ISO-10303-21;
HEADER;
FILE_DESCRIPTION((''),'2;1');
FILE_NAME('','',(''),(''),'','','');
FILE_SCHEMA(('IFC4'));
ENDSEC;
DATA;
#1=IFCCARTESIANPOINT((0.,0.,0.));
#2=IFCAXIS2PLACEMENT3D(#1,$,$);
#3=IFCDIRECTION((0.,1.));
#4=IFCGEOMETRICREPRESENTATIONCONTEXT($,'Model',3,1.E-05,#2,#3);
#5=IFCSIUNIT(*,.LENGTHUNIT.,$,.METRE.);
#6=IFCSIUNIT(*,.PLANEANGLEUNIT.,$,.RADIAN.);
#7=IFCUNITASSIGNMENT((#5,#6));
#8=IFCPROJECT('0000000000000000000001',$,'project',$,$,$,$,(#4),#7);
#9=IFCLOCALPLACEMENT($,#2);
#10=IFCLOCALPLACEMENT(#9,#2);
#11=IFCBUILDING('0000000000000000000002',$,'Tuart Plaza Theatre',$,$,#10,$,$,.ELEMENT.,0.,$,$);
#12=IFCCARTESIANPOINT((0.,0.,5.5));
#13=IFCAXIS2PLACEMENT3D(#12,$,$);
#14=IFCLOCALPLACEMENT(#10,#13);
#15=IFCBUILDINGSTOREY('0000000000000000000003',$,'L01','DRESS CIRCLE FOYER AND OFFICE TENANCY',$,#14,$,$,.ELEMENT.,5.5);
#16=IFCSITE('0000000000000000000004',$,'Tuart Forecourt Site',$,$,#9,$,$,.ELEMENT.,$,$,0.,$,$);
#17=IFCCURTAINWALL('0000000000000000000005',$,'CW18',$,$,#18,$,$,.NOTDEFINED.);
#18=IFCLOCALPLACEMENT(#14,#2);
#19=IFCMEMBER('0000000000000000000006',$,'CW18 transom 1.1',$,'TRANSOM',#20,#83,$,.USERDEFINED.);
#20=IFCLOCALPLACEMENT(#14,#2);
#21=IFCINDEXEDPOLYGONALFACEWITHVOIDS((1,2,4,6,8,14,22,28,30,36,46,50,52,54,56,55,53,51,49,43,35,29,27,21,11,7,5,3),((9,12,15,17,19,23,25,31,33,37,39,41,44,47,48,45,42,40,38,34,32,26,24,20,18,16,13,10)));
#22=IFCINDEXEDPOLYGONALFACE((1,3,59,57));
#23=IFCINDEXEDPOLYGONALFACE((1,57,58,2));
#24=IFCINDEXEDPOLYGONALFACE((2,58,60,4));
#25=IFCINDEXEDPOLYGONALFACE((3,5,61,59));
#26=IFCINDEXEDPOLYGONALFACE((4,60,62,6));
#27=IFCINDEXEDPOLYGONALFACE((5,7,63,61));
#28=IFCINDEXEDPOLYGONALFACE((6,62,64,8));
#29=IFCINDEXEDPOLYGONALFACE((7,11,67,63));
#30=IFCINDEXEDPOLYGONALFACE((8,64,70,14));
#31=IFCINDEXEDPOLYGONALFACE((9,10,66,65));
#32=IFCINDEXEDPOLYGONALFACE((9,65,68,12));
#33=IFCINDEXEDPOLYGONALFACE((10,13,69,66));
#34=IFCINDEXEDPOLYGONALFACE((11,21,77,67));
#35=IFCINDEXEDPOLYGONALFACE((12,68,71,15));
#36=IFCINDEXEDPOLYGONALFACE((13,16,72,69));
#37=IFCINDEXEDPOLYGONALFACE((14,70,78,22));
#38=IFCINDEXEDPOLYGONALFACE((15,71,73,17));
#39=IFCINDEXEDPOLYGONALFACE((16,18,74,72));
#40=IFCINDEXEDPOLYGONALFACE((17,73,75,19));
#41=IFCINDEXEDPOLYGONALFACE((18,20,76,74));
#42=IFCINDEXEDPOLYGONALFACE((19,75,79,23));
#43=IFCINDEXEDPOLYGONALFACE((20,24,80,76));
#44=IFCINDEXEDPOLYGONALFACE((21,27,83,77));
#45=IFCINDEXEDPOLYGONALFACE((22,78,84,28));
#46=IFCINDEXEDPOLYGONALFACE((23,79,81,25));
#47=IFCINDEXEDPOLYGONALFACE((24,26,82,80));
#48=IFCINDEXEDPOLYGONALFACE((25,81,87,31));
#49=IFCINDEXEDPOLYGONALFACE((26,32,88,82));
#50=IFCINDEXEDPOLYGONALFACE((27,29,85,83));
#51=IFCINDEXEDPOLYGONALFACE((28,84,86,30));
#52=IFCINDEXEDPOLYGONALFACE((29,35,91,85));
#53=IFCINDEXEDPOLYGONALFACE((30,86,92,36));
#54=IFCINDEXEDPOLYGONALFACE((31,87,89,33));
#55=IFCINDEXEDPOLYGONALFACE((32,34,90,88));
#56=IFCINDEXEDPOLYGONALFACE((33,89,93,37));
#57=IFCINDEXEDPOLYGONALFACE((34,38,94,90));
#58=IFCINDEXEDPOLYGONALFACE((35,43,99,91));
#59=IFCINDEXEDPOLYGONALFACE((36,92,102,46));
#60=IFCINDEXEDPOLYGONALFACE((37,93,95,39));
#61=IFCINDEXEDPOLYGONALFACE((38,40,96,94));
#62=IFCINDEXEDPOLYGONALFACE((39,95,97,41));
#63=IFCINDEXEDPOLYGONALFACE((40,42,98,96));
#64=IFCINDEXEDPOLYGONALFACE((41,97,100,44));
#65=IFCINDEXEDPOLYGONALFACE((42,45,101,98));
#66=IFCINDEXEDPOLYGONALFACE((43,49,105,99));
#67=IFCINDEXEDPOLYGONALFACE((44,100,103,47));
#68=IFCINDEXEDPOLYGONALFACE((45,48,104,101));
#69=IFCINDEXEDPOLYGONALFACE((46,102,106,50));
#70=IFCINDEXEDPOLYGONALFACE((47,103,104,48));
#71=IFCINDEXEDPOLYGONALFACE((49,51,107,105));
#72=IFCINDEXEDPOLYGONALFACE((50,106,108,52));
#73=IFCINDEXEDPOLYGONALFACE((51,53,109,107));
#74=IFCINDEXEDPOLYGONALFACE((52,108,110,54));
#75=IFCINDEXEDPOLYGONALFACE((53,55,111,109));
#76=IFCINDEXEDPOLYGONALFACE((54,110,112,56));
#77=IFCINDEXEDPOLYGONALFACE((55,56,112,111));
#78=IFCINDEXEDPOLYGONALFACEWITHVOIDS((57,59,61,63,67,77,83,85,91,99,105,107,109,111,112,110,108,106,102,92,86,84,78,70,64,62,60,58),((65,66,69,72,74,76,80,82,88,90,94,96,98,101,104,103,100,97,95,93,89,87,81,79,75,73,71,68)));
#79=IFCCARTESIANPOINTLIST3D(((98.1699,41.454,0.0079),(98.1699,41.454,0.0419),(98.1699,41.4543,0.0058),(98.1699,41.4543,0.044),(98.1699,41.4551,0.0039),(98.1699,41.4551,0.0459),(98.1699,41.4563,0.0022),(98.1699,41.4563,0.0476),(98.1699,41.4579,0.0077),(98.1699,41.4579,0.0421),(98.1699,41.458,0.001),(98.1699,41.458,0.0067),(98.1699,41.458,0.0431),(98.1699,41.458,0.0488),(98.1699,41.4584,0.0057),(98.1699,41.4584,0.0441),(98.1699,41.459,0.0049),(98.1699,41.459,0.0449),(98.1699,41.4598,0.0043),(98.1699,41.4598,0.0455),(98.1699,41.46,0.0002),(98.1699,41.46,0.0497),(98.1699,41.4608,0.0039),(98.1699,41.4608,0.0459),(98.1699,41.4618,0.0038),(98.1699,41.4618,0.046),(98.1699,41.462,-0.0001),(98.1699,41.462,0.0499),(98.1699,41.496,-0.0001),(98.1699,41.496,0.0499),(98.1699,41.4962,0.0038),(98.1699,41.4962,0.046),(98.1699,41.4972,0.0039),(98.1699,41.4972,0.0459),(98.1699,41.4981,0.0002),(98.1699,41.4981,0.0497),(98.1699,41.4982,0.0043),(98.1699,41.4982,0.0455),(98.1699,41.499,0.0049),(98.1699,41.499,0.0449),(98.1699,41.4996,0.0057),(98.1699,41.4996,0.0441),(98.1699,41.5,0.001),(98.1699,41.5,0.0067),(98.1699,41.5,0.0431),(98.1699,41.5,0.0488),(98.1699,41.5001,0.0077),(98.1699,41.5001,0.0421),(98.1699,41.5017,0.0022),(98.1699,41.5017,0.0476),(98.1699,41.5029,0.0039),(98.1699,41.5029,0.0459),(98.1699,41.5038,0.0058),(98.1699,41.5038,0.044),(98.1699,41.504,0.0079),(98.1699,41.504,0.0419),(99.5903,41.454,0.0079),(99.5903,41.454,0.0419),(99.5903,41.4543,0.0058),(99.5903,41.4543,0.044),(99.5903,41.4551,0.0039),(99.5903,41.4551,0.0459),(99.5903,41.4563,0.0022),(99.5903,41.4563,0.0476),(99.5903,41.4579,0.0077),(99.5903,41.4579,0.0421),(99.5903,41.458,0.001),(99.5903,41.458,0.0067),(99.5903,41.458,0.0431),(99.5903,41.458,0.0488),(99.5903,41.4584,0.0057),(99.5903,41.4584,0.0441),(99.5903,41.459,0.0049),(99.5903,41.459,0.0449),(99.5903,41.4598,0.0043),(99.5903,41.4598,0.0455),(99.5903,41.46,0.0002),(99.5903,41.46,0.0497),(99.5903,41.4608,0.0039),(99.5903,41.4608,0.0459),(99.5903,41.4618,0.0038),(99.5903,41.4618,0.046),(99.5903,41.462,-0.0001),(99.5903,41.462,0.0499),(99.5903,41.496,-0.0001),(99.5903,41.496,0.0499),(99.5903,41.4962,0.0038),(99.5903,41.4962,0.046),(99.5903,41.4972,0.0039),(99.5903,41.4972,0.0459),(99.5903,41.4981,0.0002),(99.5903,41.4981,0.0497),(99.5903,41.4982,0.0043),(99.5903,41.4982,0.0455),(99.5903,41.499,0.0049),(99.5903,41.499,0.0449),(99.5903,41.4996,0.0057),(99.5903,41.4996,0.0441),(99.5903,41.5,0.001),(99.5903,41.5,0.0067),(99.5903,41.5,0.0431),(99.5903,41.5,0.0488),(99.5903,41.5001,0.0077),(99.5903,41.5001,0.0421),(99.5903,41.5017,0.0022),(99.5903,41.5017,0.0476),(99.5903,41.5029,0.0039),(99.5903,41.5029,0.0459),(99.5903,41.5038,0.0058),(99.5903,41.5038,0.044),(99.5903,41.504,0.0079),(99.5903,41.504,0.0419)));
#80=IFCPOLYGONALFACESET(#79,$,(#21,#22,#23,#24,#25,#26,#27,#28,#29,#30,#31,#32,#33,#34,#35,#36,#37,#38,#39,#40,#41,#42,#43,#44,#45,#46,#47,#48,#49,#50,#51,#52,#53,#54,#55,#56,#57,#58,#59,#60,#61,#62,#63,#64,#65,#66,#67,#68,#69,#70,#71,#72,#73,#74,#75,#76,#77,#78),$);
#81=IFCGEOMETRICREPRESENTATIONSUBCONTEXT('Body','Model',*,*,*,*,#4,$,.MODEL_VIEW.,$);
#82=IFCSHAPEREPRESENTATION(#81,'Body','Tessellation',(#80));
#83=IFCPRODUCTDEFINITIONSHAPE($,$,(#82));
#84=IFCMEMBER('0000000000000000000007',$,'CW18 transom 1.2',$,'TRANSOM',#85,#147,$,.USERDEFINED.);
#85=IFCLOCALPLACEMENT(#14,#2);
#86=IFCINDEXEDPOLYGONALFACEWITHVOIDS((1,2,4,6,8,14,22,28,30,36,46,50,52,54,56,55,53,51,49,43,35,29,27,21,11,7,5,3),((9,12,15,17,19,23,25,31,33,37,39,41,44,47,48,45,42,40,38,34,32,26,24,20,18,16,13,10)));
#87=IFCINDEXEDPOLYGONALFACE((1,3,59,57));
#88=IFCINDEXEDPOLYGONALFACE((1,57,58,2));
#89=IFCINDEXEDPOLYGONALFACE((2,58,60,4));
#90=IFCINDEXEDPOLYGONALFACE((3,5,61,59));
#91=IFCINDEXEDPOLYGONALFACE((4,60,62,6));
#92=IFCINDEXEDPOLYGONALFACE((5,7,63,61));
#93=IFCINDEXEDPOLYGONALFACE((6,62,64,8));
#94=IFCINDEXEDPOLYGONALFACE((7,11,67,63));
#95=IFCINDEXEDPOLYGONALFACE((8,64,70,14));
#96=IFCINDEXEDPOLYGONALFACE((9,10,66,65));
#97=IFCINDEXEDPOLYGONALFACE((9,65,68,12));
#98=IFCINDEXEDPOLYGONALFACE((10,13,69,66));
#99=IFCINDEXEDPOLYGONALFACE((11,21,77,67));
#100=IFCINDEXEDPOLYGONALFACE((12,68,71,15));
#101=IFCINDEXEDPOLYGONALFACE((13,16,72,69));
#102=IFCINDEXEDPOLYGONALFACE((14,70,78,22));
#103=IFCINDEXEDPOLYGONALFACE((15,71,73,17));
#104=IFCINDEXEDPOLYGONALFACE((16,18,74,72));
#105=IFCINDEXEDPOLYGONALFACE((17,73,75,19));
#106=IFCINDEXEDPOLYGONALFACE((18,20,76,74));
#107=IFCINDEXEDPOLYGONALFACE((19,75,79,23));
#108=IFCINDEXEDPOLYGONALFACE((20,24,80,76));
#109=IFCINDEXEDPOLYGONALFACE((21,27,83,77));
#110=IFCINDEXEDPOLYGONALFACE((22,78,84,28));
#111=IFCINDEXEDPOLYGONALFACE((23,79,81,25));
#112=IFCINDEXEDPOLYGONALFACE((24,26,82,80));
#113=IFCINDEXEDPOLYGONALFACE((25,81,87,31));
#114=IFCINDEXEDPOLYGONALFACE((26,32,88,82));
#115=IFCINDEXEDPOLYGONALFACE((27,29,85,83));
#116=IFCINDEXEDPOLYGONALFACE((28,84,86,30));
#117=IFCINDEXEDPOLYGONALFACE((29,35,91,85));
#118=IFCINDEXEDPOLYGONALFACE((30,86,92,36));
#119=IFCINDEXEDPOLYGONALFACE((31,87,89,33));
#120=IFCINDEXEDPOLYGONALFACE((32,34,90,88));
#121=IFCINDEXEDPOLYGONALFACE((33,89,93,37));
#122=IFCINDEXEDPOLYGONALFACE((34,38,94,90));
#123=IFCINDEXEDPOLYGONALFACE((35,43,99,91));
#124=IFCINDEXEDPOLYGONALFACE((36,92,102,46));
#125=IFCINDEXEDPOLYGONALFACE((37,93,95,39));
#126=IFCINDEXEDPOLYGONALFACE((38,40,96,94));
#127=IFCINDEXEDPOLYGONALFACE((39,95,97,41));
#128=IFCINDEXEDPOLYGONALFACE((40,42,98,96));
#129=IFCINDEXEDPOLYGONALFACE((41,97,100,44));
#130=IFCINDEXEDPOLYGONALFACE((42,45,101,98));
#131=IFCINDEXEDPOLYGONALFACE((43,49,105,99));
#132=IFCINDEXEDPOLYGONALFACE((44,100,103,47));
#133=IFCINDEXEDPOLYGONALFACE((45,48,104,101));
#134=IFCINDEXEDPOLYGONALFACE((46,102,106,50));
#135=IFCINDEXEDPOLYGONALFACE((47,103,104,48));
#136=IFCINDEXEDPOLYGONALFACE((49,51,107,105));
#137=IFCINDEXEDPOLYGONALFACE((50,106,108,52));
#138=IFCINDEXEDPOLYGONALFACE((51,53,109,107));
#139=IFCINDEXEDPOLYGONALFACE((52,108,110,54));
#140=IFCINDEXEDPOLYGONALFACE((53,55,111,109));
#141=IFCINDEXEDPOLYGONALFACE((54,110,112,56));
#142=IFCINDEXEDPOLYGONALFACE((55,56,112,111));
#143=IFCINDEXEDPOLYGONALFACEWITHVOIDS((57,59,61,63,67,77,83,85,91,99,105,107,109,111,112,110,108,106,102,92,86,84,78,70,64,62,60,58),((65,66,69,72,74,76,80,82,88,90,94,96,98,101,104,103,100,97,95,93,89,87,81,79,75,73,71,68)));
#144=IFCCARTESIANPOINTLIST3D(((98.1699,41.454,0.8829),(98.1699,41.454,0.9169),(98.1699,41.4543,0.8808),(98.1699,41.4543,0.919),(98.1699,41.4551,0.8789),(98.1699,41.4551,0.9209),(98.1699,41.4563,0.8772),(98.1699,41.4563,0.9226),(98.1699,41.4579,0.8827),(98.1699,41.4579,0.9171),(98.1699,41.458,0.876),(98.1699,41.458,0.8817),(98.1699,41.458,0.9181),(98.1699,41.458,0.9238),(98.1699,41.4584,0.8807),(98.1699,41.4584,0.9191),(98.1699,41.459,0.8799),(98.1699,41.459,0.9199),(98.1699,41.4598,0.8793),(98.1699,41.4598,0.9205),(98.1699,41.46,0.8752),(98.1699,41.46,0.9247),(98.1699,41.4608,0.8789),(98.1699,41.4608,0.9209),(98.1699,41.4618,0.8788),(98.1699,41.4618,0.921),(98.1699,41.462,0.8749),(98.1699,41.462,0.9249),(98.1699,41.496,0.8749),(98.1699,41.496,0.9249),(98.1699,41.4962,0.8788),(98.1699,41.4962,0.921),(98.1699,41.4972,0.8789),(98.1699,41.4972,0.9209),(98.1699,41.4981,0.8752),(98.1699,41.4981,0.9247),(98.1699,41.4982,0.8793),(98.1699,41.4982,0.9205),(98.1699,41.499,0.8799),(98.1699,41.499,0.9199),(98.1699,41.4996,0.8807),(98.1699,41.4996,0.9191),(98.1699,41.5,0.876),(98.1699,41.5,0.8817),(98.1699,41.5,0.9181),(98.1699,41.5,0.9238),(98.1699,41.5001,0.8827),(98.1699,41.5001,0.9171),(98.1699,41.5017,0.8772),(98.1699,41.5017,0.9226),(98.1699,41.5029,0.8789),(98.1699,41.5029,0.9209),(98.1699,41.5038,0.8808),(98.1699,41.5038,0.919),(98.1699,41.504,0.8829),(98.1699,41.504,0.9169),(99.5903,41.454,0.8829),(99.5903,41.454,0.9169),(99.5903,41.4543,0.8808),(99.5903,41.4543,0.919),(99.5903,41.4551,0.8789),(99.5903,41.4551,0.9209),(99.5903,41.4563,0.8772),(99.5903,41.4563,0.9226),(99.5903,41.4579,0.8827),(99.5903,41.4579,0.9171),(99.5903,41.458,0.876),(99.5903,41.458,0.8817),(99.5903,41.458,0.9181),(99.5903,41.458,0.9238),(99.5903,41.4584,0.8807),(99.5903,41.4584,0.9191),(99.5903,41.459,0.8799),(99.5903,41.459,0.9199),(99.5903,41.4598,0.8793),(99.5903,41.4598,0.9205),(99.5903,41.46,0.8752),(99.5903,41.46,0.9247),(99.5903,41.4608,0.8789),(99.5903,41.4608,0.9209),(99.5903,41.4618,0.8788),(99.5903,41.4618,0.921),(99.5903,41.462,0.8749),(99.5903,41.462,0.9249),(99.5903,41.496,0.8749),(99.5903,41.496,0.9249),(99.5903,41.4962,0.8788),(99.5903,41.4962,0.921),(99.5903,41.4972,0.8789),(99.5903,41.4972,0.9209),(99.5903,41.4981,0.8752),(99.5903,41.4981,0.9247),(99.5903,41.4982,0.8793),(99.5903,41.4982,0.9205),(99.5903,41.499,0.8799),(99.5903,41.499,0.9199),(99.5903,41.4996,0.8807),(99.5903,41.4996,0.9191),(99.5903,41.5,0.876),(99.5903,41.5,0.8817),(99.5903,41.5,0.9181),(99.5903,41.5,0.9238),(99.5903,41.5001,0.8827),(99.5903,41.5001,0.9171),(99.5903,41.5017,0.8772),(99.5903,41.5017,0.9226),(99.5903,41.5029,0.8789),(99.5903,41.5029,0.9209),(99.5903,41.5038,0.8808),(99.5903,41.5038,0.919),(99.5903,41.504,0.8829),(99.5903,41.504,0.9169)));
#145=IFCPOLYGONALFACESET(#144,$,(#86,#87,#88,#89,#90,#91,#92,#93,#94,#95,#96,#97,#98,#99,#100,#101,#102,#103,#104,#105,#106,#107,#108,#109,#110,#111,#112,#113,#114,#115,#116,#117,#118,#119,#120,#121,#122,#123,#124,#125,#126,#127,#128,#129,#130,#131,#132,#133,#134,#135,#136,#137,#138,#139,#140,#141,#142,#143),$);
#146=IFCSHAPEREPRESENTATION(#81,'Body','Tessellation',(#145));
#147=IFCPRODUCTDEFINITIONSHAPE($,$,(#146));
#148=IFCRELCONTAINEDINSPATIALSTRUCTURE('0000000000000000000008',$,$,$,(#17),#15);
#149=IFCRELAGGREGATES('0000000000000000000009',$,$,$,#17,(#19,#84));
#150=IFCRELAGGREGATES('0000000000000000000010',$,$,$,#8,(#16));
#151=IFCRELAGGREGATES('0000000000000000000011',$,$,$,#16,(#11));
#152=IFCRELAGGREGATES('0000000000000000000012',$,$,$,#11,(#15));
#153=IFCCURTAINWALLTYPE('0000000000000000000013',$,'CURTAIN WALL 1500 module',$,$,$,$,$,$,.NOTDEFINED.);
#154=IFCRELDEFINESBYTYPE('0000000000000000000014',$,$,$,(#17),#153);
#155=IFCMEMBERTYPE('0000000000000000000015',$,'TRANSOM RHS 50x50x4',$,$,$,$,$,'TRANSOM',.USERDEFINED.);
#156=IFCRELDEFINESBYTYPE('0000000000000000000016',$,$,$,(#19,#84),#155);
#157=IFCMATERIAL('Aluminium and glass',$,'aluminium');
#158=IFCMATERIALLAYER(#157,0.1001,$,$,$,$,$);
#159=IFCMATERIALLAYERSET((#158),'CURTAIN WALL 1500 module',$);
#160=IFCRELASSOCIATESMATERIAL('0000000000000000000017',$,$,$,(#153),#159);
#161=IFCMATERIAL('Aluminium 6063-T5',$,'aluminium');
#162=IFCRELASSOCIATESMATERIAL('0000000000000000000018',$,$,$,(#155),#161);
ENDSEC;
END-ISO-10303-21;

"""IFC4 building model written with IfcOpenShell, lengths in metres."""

from ifc_helpers import new_model, si_unit, direction, frame, origin, origin_2d, place, context, subcontext, project, spatial, hollow_rectangle, extrude, material, layer, layer_set, material_profile, profile_set, type_object, element, aggregate, save


model = new_model("IFC4")

# Units and contexts
model_context = context("Model", 3, precision=1e-05, world=origin(), true_north=direction((0.0, 1.0)))
body_context = subcontext(model_context, "Body", "Model", "MODEL_VIEW")
ifc_project = project(units=[si_unit("LENGTHUNIT", "METRE"), si_unit("PLANEANGLEUNIT", "RADIAN")], contexts=[model_context])

# Site, building, storey
site_placement = place(None, origin())
site = spatial("IfcSite", under=ifc_project, at=site_placement, Name="Tuart Forecourt Site", CompositionType="ELEMENT", RefElevation=0.0)
building_placement = place(site_placement, origin())
building = spatial("IfcBuilding", under=site, at=building_placement, Name="Tuart Plaza Theatre", CompositionType="ELEMENT", ElevationOfRefHeight=0.0)
storey_placement = place(building_placement, frame((0.0, 0.0, 5.5)))
storey = spatial("IfcBuildingStorey", under=building, at=storey_placement, Name="L01", Description="DRESS CIRCLE FOYER AND OFFICE TENANCY", CompositionType="ELEMENT", Elevation=5.5)

# Shared definitions
ifc_material_1 = material(Name="Aluminium and glass", Category="aluminium")
ifc_layer_1 = layer(ifc_material_1, 0.1001)
ifc_layer_set_1 = layer_set([ifc_layer_1], Name="CURTAIN WALL 1500 module")
curtain_wall_type = type_object("IfcCurtainWallType", Name="CURTAIN WALL 1500 module", PredefinedType="NOTDEFINED", material=ifc_layer_set_1)

# Curtain wall, members
curtain_wall_1_placement = place(storey_placement, origin())
curtain_wall_1 = element("IfcCurtainWall", 1, at=curtain_wall_1_placement, inside=storey, type_object=curtain_wall_type, Name="CW18", PredefinedType="NOTDEFINED")
ifc_material_2 = material(Name="Aluminium 6063-T5", Category="aluminium")
ifc_material_profile_1 = material_profile(ifc_material_2, hollow_rectangle(XDim=0.05, YDim=0.05, WallThickness=0.0039, InnerFilletRadius=0.0039, OuterFilletRadius=0.0081, at=origin_2d()), Name="RHS 50x50x4")
ifc_profile_set_1 = profile_set([ifc_material_profile_1], Name="Aluminium 6063-T5")
member_type_1 = type_object("IfcMemberType", Name="TRANSOM RHS 50x50x4", ElementType="TRANSOM", PredefinedType="USERDEFINED", material=ifc_profile_set_1)
member_1_placement = place(storey_placement, frame((98.1699, 41.479, 0.0249), z_axis=(1.0, 0.0, 0.0), x_axis=(0.0, 1.0, 0.0)))
member_1 = element("IfcMember", 2, at=member_1_placement, type_object=member_type_1, Name="CW18 transom 1.1", ObjectType="TRANSOM", PredefinedType="USERDEFINED", context=body_context, shape_type="SweptSolid", body=[
    extrude(hollow_rectangle(XDim=0.05, YDim=0.05, WallThickness=0.0039, InnerFilletRadius=0.0039, OuterFilletRadius=0.0081, at=origin_2d()), origin(), (0.0, 0.0, 1.0), 1.4204),
])
member_2_placement = place(storey_placement, frame((98.1699, 41.479, 0.8999), z_axis=(1.0, 0.0, 0.0), x_axis=(0.0, 1.0, 0.0)))
member_2 = element("IfcMember", 3, at=member_2_placement, type_object=member_type_1, Name="CW18 transom 1.2", ObjectType="TRANSOM", PredefinedType="USERDEFINED", context=body_context, shape_type="SweptSolid", body=[
    extrude(hollow_rectangle(XDim=0.05, YDim=0.05, WallThickness=0.0039, InnerFilletRadius=0.0039, OuterFilletRadius=0.0081, at=origin_2d()), origin(), (0.0, 0.0, 1.0), 1.4204),
])

aggregate(curtain_wall_1, [member_1, member_2])

save(model, "model.ifc")
